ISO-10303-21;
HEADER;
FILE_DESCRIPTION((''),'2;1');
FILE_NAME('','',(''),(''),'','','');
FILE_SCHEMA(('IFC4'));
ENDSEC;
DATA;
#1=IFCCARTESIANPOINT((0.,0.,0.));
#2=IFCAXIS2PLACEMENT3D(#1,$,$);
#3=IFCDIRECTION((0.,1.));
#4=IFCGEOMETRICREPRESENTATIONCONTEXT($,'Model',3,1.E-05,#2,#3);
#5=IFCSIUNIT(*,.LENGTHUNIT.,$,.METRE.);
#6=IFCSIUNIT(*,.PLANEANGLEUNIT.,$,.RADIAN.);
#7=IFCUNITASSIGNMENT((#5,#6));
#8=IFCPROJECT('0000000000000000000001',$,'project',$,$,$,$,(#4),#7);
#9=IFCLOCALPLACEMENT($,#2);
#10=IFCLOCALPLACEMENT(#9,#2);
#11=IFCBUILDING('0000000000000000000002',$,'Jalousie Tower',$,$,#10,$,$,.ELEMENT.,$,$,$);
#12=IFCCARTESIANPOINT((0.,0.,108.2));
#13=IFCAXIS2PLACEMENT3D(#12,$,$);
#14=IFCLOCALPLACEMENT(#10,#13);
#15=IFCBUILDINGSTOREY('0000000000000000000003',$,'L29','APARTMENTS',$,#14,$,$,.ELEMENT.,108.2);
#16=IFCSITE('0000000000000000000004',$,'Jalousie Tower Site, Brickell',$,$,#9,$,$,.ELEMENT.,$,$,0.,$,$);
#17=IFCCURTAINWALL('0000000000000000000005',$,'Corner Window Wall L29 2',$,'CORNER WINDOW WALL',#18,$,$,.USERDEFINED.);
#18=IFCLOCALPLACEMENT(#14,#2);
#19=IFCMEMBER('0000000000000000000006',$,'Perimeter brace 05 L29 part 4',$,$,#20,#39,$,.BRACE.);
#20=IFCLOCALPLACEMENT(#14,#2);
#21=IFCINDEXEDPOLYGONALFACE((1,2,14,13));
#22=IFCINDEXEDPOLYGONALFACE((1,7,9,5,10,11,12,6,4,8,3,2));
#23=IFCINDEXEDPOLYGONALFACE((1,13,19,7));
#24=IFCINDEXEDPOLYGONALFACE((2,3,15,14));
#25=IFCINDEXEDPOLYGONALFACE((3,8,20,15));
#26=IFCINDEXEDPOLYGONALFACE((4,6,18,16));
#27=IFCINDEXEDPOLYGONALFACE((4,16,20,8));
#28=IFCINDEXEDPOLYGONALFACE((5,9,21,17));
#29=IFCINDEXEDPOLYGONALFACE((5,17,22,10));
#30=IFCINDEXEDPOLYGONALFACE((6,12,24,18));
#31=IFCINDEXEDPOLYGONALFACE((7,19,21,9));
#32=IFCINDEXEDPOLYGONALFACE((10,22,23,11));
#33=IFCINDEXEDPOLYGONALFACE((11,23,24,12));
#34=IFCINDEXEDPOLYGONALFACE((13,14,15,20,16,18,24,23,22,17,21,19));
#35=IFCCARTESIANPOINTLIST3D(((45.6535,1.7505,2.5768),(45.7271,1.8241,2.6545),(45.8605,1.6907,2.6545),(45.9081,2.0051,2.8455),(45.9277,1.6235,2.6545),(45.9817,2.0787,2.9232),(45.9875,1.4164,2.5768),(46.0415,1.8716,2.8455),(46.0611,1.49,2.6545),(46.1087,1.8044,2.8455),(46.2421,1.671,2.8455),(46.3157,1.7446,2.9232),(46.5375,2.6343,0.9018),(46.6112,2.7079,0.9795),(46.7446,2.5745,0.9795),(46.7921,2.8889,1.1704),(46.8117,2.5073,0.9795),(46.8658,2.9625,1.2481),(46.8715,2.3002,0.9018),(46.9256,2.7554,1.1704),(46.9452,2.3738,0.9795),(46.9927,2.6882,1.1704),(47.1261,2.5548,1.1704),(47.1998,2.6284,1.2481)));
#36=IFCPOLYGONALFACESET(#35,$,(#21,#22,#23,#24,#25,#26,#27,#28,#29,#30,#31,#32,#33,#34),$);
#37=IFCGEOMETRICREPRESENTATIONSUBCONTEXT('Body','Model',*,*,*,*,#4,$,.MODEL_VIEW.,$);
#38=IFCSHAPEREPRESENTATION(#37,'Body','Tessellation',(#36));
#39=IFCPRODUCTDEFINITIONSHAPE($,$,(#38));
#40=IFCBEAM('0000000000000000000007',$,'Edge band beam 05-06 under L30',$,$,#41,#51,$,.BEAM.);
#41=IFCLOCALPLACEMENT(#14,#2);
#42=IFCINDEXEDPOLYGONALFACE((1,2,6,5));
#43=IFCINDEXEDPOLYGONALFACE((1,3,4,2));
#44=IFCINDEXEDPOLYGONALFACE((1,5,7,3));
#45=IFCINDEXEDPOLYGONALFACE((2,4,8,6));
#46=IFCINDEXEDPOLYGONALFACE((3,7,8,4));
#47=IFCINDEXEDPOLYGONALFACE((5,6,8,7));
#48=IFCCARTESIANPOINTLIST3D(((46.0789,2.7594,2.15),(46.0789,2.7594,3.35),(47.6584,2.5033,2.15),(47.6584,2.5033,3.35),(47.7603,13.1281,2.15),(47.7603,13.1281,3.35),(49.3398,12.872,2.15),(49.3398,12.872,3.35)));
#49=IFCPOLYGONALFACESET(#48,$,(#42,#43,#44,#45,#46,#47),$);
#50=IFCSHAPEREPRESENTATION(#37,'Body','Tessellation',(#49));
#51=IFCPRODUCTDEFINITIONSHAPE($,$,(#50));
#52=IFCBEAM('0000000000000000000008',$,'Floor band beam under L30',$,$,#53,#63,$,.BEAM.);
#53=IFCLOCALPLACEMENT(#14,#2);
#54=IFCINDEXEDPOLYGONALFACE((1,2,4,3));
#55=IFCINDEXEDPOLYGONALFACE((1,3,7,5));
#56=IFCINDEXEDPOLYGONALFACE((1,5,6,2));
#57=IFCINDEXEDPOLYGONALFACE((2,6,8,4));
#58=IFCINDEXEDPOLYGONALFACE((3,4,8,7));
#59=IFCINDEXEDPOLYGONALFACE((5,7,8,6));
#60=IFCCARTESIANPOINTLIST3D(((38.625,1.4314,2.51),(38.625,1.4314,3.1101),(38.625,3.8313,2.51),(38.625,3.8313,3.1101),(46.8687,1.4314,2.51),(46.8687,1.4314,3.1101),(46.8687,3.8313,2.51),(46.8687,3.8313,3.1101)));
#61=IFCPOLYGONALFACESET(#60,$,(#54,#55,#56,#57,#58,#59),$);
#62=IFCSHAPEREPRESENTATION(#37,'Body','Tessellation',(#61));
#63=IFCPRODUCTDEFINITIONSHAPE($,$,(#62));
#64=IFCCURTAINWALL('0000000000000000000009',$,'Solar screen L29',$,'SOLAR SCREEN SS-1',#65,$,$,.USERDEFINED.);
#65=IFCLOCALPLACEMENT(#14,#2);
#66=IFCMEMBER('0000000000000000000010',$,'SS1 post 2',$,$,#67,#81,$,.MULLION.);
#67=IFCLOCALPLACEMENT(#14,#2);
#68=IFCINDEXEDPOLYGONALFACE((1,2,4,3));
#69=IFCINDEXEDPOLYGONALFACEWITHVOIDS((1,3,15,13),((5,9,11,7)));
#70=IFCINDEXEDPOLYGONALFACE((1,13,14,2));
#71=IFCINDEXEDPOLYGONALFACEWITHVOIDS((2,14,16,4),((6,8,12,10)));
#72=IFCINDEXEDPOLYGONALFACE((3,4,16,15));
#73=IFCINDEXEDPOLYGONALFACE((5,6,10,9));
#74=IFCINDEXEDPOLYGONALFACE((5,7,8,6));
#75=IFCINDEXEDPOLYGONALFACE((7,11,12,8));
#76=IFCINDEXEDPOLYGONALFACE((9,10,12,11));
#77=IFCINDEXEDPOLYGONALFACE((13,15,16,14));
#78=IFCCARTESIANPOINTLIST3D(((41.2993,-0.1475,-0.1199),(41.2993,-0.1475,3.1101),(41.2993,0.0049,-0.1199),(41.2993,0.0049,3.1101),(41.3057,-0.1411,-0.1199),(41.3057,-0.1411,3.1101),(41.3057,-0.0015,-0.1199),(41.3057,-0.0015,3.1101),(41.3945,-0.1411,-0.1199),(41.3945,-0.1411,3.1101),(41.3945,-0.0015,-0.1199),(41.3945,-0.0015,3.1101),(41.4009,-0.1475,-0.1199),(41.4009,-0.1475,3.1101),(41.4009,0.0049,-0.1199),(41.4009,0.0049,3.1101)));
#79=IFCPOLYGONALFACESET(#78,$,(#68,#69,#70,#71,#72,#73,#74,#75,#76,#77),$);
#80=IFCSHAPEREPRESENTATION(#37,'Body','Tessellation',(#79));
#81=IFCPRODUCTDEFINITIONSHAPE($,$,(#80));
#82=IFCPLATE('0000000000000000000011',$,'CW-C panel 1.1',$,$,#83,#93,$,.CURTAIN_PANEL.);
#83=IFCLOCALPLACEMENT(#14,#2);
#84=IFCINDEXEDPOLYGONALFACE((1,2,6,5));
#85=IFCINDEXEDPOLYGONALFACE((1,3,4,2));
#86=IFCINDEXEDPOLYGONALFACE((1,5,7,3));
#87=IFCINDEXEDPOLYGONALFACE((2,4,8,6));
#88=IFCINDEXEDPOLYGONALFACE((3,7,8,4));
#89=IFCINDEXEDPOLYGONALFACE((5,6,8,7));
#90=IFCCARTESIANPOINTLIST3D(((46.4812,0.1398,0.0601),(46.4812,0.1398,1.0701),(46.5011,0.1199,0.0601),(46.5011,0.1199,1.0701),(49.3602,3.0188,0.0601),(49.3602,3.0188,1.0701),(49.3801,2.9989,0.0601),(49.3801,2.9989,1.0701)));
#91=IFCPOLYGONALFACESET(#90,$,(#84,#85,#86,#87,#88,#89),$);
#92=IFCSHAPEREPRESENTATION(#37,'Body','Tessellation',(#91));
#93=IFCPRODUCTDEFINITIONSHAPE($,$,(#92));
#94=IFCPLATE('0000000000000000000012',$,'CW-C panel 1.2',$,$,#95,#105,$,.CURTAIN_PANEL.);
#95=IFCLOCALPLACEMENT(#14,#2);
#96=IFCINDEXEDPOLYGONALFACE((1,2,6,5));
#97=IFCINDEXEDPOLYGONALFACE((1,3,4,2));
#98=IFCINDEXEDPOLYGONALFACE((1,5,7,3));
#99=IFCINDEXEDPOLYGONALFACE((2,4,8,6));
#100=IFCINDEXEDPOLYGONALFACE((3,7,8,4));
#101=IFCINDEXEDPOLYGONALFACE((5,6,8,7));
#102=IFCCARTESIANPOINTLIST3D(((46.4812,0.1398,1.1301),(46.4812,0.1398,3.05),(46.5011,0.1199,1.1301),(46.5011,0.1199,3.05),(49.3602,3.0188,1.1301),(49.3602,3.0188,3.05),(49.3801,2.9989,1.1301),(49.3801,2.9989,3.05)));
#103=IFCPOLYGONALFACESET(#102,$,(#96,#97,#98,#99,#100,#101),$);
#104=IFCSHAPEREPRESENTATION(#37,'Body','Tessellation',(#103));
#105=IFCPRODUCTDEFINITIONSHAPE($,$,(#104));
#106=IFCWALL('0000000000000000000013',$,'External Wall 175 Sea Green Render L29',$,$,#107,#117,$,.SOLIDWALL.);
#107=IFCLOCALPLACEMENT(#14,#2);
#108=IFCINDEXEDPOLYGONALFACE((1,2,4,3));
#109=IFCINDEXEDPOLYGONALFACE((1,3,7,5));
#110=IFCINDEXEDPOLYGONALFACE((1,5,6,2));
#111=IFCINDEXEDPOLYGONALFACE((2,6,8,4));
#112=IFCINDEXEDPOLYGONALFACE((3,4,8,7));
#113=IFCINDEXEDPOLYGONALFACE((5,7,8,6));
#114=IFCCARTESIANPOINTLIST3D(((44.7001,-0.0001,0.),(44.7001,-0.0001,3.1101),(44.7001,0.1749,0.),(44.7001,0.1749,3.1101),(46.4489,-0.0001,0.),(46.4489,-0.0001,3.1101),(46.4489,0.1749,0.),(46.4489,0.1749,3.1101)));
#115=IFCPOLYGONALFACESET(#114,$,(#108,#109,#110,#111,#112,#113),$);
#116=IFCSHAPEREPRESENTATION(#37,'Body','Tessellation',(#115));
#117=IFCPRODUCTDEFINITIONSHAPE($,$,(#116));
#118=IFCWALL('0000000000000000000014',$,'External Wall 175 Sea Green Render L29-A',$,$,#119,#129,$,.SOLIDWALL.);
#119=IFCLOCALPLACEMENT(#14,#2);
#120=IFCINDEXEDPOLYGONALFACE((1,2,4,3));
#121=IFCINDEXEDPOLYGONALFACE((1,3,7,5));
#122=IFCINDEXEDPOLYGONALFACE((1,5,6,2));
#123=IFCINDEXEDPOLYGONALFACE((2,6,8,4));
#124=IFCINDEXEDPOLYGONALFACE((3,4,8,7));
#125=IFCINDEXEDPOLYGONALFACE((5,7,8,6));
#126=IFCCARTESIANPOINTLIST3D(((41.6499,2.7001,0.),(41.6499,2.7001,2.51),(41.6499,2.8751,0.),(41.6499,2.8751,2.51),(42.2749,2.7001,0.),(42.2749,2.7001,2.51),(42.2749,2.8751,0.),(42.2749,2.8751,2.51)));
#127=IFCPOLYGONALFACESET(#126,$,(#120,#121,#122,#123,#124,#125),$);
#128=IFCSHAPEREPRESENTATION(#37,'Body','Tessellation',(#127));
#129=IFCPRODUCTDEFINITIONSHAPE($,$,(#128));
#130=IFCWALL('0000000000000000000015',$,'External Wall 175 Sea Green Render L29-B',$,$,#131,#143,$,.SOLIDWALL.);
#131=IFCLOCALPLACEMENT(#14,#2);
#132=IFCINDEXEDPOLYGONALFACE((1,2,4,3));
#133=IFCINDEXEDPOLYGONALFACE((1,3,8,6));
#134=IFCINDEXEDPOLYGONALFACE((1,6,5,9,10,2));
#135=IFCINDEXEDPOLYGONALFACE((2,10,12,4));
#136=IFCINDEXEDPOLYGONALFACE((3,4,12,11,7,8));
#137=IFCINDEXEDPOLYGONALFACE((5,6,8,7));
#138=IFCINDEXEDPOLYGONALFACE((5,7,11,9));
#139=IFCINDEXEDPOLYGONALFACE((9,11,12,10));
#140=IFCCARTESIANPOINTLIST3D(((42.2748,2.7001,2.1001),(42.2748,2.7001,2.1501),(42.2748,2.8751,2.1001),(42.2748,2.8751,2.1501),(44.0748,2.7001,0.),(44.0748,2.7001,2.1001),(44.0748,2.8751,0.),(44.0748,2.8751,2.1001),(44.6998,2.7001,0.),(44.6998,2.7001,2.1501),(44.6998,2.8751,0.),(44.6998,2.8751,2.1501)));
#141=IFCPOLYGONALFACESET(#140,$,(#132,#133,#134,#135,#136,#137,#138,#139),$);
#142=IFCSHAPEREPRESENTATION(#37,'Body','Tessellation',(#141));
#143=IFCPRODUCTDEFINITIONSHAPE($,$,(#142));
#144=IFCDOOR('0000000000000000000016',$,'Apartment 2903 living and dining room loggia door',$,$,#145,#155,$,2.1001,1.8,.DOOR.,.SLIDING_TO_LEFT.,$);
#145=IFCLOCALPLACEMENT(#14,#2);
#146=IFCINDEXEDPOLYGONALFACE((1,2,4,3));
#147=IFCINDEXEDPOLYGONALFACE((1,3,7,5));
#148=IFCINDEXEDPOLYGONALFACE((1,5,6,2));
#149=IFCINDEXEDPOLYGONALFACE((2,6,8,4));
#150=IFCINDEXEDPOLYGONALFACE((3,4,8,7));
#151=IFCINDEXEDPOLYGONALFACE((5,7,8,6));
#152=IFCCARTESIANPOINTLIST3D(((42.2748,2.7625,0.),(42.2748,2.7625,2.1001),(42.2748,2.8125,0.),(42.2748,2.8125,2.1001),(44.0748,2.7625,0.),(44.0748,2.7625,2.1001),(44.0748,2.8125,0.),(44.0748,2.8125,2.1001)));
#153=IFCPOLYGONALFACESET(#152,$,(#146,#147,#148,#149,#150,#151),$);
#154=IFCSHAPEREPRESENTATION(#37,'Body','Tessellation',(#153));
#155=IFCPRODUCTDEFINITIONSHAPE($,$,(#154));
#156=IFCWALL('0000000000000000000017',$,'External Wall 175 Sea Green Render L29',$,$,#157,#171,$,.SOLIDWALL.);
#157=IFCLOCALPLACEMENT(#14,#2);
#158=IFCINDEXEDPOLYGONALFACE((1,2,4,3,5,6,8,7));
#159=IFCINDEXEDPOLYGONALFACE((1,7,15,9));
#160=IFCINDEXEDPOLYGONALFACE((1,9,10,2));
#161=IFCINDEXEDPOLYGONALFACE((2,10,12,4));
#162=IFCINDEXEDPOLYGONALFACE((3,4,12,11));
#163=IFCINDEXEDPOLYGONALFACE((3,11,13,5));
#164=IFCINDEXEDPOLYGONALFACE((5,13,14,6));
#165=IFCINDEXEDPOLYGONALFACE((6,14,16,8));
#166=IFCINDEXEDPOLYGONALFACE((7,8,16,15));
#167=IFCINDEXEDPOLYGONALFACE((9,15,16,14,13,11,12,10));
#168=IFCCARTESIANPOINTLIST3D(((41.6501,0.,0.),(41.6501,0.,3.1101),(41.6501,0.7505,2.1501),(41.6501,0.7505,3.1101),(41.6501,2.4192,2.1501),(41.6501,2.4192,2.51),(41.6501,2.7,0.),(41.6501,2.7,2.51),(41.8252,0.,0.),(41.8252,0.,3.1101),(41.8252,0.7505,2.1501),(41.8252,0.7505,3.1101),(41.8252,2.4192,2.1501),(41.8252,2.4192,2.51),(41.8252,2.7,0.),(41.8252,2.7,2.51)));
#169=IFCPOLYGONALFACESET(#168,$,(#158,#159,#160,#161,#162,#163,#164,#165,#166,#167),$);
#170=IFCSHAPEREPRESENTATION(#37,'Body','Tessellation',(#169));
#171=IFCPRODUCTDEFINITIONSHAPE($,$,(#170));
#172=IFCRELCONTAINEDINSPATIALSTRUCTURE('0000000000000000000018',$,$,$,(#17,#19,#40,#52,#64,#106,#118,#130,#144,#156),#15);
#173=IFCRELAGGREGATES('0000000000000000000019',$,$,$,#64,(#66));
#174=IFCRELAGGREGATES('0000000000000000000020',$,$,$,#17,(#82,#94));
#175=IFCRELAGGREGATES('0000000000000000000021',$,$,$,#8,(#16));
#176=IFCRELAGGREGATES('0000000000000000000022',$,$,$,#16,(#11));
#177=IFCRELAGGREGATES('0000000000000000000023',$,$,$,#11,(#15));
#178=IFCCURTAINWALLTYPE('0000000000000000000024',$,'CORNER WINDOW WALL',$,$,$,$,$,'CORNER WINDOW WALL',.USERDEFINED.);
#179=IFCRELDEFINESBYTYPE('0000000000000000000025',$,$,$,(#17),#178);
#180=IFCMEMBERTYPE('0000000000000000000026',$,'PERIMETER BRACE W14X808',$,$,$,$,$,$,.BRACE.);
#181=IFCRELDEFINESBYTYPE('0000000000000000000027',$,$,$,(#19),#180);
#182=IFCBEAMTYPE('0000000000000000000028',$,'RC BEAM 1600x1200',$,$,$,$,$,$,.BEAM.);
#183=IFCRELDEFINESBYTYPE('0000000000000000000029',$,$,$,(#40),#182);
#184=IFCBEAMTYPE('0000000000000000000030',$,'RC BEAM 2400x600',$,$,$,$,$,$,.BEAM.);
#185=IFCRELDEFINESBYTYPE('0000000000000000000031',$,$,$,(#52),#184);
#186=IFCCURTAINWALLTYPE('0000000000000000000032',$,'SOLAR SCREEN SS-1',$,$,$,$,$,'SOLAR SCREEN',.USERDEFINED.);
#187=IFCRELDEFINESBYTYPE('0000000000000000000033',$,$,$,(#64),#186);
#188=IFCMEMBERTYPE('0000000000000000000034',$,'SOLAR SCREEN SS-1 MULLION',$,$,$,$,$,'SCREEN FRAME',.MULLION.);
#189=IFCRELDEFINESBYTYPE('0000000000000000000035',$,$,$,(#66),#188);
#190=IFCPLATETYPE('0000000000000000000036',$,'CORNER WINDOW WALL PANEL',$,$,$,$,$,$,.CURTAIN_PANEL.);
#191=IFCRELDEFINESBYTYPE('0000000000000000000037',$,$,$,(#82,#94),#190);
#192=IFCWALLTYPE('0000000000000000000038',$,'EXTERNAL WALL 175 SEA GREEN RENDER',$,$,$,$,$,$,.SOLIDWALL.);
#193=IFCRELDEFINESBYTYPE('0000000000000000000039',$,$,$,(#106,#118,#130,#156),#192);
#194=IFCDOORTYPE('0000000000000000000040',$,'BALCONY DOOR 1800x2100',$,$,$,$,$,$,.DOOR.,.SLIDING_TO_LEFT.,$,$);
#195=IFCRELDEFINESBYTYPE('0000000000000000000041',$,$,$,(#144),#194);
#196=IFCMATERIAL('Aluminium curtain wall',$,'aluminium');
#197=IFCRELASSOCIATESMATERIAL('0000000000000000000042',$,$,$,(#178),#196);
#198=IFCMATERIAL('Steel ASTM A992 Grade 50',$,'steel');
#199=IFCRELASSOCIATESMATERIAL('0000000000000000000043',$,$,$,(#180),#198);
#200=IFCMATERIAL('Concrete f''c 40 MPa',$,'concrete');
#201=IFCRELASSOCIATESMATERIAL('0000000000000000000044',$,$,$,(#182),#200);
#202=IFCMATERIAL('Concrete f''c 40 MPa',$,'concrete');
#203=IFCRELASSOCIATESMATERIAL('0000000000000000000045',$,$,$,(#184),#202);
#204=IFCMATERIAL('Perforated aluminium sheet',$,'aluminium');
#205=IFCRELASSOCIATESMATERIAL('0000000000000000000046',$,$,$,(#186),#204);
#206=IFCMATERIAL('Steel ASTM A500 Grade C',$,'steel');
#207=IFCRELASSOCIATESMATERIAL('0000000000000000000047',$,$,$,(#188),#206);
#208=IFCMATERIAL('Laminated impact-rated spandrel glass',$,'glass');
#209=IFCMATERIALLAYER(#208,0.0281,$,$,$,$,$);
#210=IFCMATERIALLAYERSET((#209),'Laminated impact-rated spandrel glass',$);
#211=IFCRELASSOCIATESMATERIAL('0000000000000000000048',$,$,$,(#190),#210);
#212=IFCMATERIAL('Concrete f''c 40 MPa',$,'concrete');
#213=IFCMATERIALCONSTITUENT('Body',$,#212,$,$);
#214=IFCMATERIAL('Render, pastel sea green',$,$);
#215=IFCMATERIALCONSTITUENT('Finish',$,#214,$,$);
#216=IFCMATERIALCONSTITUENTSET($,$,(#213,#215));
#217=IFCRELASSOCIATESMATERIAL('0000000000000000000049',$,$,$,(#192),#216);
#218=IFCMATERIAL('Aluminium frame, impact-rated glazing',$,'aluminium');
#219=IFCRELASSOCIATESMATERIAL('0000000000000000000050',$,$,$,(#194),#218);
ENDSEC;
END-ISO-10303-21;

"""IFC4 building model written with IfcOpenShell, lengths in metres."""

from ifc_helpers import new_model, si_unit, direction, frame, frame_2d, origin, origin_2d, place, context, subcontext, project, spatial, polyline, rectangle, hollow_rectangle, i_section, outline, extrude, material, layer, layer_set, constituent, constituent_set, material_profile, profile_set, type_object, element, fill, aggregate, save


model = new_model("IFC4")

# Units and contexts
model_context = context("Model", 3, precision=1e-05, world=origin(), true_north=direction((0.0, 1.0)))
body_context = subcontext(model_context, "Body", "Model", "MODEL_VIEW")
ifc_project = project(units=[si_unit("LENGTHUNIT", "METRE"), si_unit("PLANEANGLEUNIT", "RADIAN")], contexts=[model_context])

# Site, building, storey
site_placement = place(None, origin())
site = spatial("IfcSite", under=ifc_project, at=site_placement, Name="Jalousie Tower Site, Brickell", CompositionType="ELEMENT", RefElevation=0.0)
building_placement = place(site_placement, origin())
building = spatial("IfcBuilding", under=site, at=building_placement, Name="Jalousie Tower", CompositionType="ELEMENT")
storey_placement = place(building_placement, frame((0.0, 0.0, 108.2)))
storey = spatial("IfcBuildingStorey", under=building, at=storey_placement, Name="L29", Description="APARTMENTS", CompositionType="ELEMENT", Elevation=108.2)

# Curtain wall
ifc_material_1 = material(Name="Aluminium curtain wall", Category="aluminium")
curtain_wall_type_1 = type_object("IfcCurtainWallType", Name="CORNER WINDOW WALL", ElementType="CORNER WINDOW WALL", PredefinedType="USERDEFINED", material=ifc_material_1)
curtain_wall_1_placement = place(storey_placement, origin())
curtain_wall_1 = element("IfcCurtainWall", 1, at=curtain_wall_1_placement, inside=storey, type_object=curtain_wall_type_1, Name="Corner Window Wall L29 2", ObjectType="CORNER WINDOW WALL", PredefinedType="USERDEFINED")

# Member
ifc_material_2 = material(Name="Steel ASTM A992 Grade 50", Category="steel")
ifc_material_profile_1 = material_profile(ifc_material_2, i_section(OverallWidth=0.4724, OverallDepth=0.5791, WebThickness=0.095, FlangeThickness=0.1299, at=origin_2d()), Name="W14X808")
ifc_profile_set_1 = profile_set([ifc_material_profile_1], Name="Steel ASTM A992 Grade 50")
member_type_1 = type_object("IfcMemberType", Name="PERIMETER BRACE W14X808", PredefinedType="BRACE", material=ifc_profile_set_1)
for number, where, z_axis, x_axis, name in (
    (2, (46.8687, 2.6313, 1.075), (-0.422969, -0.422852, 0.801432), (0.707009, -0.707204, 0.0), "Perimeter brace 05 L29 part 4"),
):
    element("IfcMember", number, at=place(storey_placement, frame(where, z_axis=z_axis, x_axis=x_axis)), inside=storey, type_object=member_type_1, Name=name, PredefinedType="BRACE", context=body_context, shape_type="SweptSolid", body=[
        extrude(i_section(OverallWidth=0.4724, OverallDepth=0.5791, WebThickness=0.095, FlangeThickness=0.1299, at=origin_2d()), origin(), (0.0, 0.0, 1.0), 2.0901),
    ])

# Beams
ifc_material_3 = material(Name="Concrete f'c 40 MPa", Category="concrete")
ifc_material_profile_2 = material_profile(ifc_material_3, rectangle(XDim=1.6001, YDim=1.2, at=origin_2d()), Name="RC 1600x1200")
ifc_profile_set_2 = profile_set([ifc_material_profile_2], Name="Concrete f'c 40 MPa")
beam_type_1 = type_object("IfcBeamType", Name="RC BEAM 1600x1200", PredefinedType="BEAM", material=ifc_profile_set_2)
beam_1_placement = place(storey_placement, frame((46.8687, 2.6313, 2.75), z_axis=(0.160071, 0.987106, 0.0), x_axis=(-0.987106, 0.160071, 0.0)))
element("IfcBeam", 3, at=beam_1_placement, inside=storey, type_object=beam_type_1, Name="Edge band beam 05-06 under L30", PredefinedType="BEAM", context=body_context, shape_type="SweptSolid", body=[
    extrude(rectangle(XDim=1.6001, YDim=1.2, at=origin_2d()), origin(), (0.0, 0.0, 1.0), 10.5042),
])
ifc_material_4 = material(Name="Concrete f'c 40 MPa", Category="concrete")
ifc_material_profile_3 = material_profile(ifc_material_4, rectangle(XDim=2.3999, YDim=0.6001, at=origin_2d()), Name="RC 2400x600")
ifc_profile_set_3 = profile_set([ifc_material_profile_3], Name="Concrete f'c 40 MPa")
beam_type_2 = type_object("IfcBeamType", Name="RC BEAM 2400x600", PredefinedType="BEAM", material=ifc_profile_set_3)
beam_2_placement = place(storey_placement, frame((46.8687, 2.6313, 2.8101), z_axis=(-1.0, 0.0, 0.0), x_axis=(0.0, -1.0, 0.0)))
element("IfcBeam", 4, at=beam_2_placement, inside=storey, type_object=beam_type_2, Name="Floor band beam under L30", PredefinedType="BEAM", context=body_context, shape_type="SweptSolid", body=[
    extrude(rectangle(XDim=2.3999, YDim=0.6001, at=origin_2d()), origin(), (0.0, 0.0, 1.0), 8.2437),
])

# Curtain wall, member
ifc_material_5 = material(Name="Perforated aluminium sheet", Category="aluminium")
curtain_wall_type_2 = type_object("IfcCurtainWallType", Name="SOLAR SCREEN SS-1", ElementType="SOLAR SCREEN", PredefinedType="USERDEFINED", material=ifc_material_5)
curtain_wall_2_placement = place(storey_placement, origin())
curtain_wall_2 = element("IfcCurtainWall", 5, at=curtain_wall_2_placement, inside=storey, type_object=curtain_wall_type_2, Name="Solar screen L29", ObjectType="SOLAR SCREEN SS-1", PredefinedType="USERDEFINED")
ifc_material_6 = material(Name="Steel ASTM A500 Grade C", Category="steel")
ifc_material_profile_4 = material_profile(ifc_material_6, hollow_rectangle(XDim=0.1016, YDim=0.1523, WallThickness=0.0063, at=origin_2d()), Name="HSS6X4X1/4")
ifc_profile_set_4 = profile_set([ifc_material_profile_4], Name="Steel ASTM A500 Grade C")
member_type_2 = type_object("IfcMemberType", Name="SOLAR SCREEN SS-1 MULLION", ElementType="SCREEN FRAME", PredefinedType="MULLION", material=ifc_profile_set_4)
member_1_placement = place(storey_placement, frame((41.3501, -0.0713, -0.1199), z_axis=(0.0, 0.0, 1.0), x_axis=(1.0, 0.0, 0.0)))
member_1 = element("IfcMember", 6, at=member_1_placement, type_object=member_type_2, Name="SS1 post 2", PredefinedType="MULLION", context=body_context, shape_type="SweptSolid", body=[
    extrude(hollow_rectangle(XDim=0.1016, YDim=0.1523, WallThickness=0.0063, at=origin_2d()), origin(), (0.0, 0.0, 1.0), 3.23),
])
aggregate(curtain_wall_2, [member_1])

# Plates
ifc_material_7 = material(Name="Laminated impact-rated spandrel glass", Category="glass")
ifc_layer_1 = layer(ifc_material_7, 0.0281)
ifc_layer_set_1 = layer_set([ifc_layer_1], Name="Laminated impact-rated spandrel glass")
plate_type = type_object("IfcPlateType", Name="CORNER WINDOW WALL PANEL", PredefinedType="CURTAIN_PANEL", material=ifc_layer_set_1)
plate_1_placement = place(storey_placement, frame((47.9307, 1.5693, 0.0601), z_axis=(0.0, 0.0, 1.0), x_axis=(0.707107, 0.707107, 0.0)))
plate_1 = element("IfcPlate", 7, at=plate_1_placement, type_object=plate_type, Name="CW-C panel 1.1", PredefinedType="CURTAIN_PANEL", context=body_context, shape_type="SweptSolid", body=[
    extrude(rectangle(XDim=4.0715, YDim=0.0281, at=origin_2d()), origin(), (0.0, 0.0, 1.0), 1.01),
])
plate_2_placement = place(storey_placement, frame((47.9307, 1.5693, 1.1301), z_axis=(0.0, 0.0, 1.0), x_axis=(0.707107, 0.707107, 0.0)))
plate_2 = element("IfcPlate", 8, at=plate_2_placement, type_object=plate_type, Name="CW-C panel 1.2", PredefinedType="CURTAIN_PANEL", context=body_context, shape_type="SweptSolid", body=[
    extrude(rectangle(XDim=4.0715, YDim=0.0281, at=origin_2d()), origin(), (0.0, 0.0, 1.0), 1.9199),
])
aggregate(curtain_wall_1, [plate_1, plate_2])

# Walls
ifc_material_8 = material(Name="Concrete f'c 40 MPa", Category="concrete")
ifc_constituent_1 = constituent(ifc_material_8, Name="Body")
ifc_material_9 = material(Name="Render, pastel sea green")
ifc_constituent_2 = constituent(ifc_material_9, Name="Finish")
ifc_constituent_set = constituent_set(constituents=[ifc_constituent_1, ifc_constituent_2])
wall_type = type_object("IfcWallType", Name="EXTERNAL WALL 175 SEA GREEN RENDER", PredefinedType="SOLIDWALL", material=ifc_constituent_set)
wall_1_placement = place(storey_placement, frame((44.7, 0.0874, 0.0), z_axis=(0.0, 0.0, 1.0), x_axis=(1.0, 0.0, 0.0)))
element("IfcWall", 9, at=wall_1_placement, inside=storey, type_object=wall_type, Name="External Wall 175 Sea Green Render L29", PredefinedType="SOLIDWALL", context=body_context, shape_type="SweptSolid", body=[
    extrude(rectangle(XDim=1.7488, YDim=0.175, at=frame_2d((0.8745, 0.0))), origin(), (0.0, 0.0, 1.0), 3.1101),
])
wall_2_placement = place(storey_placement, frame((41.6499, 2.7876, 0.0), z_axis=(0.0, 0.0, 1.0), x_axis=(1.0, 0.0, 0.0)))
element("IfcWall", 10, at=wall_2_placement, inside=storey, type_object=wall_type, Name="External Wall 175 Sea Green Render L29-A", PredefinedType="SOLIDWALL", context=body_context, shape_type="SweptSolid", body=[
    extrude(rectangle(XDim=0.625, YDim=0.175, at=frame_2d((0.3125, 0.0))), origin(), (0.0, 0.0, 1.0), 2.51),
])

# Wall, opening, door
wall_3_placement = place(storey_placement, frame((42.2749, 2.7876, 0.0), z_axis=(0.0, 0.0, 1.0), x_axis=(1.0, 0.0, 0.0)))
wall_3 = element("IfcWall", 11, at=wall_3_placement, inside=storey, type_object=wall_type, Name="External Wall 175 Sea Green Render L29-B", PredefinedType="SOLIDWALL", context=body_context, shape_type="SweptSolid", body=[
    extrude(rectangle(XDim=2.425, YDim=0.175, at=frame_2d((1.2124, 0.0))), origin(), (0.0, 0.0, 1.0), 2.1501),
])
opening_placement = place(wall_3_placement, origin())
opening = element("IfcOpeningElement", 12, at=opening_placement, cuts=wall_3, PredefinedType="OPENING", context=body_context, shape_type="SweptSolid", body=[
    extrude(rectangle(XDim=1.8, YDim=2.1001, at=frame_2d((0.8999, 1.05))), frame((0.0, 0.0974, 0.0), z_axis=(0.0, -1.0, 0.0), x_axis=(1.0, 0.0, 0.0)), (0.0, 0.0, 1.0), 0.1951),
])
ifc_material_10 = material(Name="Aluminium frame, impact-rated glazing", Category="aluminium")
door_type = type_object("IfcDoorType", Name="BALCONY DOOR 1800x2100", OperationType="SLIDING_TO_LEFT", PredefinedType="DOOR", material=ifc_material_10)
door_placement = place(opening_placement, origin())
door = element("IfcDoor", 13, at=door_placement, inside=storey, type_object=door_type, Name="Apartment 2903 living and dining room loggia door", OperationType="SLIDING_TO_LEFT", OverallHeight=2.1001, OverallWidth=1.8, PredefinedType="DOOR", context=body_context, shape_type="SweptSolid", body=[
    extrude(rectangle(XDim=1.8, YDim=2.1001, at=frame_2d((0.8999, 1.05))), frame((0.0, 0.0249, 0.0), z_axis=(0.0, -1.0, 0.0), x_axis=(1.0, 0.0, 0.0)), (0.0, 0.0, 1.0), 0.05),
])
fill(opening, door)

# Wall
wall_4_placement = place(storey_placement, frame((41.7375, 0.0, 0.0), z_axis=(0.0, 0.0, 1.0), x_axis=(0.0, 1.0, 0.0)))
element("IfcWall", 14, at=wall_4_placement, inside=storey, type_object=wall_type, Name="External Wall 175 Sea Green Render L29", PredefinedType="SOLIDWALL", context=body_context, shape_type="SweptSolid", body=[
    extrude(outline(polyline([(0.0, 0.0), (2.7, 0.0), (2.7, 2.51), (2.4192, 2.51), (2.4192, 2.1501), (0.7505, 2.1501), (0.7505, 3.1101), (0.0, 3.1101), (0.0, 0.0)])), frame((0.0, 0.0874, 0.0), z_axis=(0.0, -1.0, 0.0), x_axis=(1.0, 0.0, 0.0)), (0.0, 0.0, 1.0), 0.175),
])

save(model, "model.ifc")
